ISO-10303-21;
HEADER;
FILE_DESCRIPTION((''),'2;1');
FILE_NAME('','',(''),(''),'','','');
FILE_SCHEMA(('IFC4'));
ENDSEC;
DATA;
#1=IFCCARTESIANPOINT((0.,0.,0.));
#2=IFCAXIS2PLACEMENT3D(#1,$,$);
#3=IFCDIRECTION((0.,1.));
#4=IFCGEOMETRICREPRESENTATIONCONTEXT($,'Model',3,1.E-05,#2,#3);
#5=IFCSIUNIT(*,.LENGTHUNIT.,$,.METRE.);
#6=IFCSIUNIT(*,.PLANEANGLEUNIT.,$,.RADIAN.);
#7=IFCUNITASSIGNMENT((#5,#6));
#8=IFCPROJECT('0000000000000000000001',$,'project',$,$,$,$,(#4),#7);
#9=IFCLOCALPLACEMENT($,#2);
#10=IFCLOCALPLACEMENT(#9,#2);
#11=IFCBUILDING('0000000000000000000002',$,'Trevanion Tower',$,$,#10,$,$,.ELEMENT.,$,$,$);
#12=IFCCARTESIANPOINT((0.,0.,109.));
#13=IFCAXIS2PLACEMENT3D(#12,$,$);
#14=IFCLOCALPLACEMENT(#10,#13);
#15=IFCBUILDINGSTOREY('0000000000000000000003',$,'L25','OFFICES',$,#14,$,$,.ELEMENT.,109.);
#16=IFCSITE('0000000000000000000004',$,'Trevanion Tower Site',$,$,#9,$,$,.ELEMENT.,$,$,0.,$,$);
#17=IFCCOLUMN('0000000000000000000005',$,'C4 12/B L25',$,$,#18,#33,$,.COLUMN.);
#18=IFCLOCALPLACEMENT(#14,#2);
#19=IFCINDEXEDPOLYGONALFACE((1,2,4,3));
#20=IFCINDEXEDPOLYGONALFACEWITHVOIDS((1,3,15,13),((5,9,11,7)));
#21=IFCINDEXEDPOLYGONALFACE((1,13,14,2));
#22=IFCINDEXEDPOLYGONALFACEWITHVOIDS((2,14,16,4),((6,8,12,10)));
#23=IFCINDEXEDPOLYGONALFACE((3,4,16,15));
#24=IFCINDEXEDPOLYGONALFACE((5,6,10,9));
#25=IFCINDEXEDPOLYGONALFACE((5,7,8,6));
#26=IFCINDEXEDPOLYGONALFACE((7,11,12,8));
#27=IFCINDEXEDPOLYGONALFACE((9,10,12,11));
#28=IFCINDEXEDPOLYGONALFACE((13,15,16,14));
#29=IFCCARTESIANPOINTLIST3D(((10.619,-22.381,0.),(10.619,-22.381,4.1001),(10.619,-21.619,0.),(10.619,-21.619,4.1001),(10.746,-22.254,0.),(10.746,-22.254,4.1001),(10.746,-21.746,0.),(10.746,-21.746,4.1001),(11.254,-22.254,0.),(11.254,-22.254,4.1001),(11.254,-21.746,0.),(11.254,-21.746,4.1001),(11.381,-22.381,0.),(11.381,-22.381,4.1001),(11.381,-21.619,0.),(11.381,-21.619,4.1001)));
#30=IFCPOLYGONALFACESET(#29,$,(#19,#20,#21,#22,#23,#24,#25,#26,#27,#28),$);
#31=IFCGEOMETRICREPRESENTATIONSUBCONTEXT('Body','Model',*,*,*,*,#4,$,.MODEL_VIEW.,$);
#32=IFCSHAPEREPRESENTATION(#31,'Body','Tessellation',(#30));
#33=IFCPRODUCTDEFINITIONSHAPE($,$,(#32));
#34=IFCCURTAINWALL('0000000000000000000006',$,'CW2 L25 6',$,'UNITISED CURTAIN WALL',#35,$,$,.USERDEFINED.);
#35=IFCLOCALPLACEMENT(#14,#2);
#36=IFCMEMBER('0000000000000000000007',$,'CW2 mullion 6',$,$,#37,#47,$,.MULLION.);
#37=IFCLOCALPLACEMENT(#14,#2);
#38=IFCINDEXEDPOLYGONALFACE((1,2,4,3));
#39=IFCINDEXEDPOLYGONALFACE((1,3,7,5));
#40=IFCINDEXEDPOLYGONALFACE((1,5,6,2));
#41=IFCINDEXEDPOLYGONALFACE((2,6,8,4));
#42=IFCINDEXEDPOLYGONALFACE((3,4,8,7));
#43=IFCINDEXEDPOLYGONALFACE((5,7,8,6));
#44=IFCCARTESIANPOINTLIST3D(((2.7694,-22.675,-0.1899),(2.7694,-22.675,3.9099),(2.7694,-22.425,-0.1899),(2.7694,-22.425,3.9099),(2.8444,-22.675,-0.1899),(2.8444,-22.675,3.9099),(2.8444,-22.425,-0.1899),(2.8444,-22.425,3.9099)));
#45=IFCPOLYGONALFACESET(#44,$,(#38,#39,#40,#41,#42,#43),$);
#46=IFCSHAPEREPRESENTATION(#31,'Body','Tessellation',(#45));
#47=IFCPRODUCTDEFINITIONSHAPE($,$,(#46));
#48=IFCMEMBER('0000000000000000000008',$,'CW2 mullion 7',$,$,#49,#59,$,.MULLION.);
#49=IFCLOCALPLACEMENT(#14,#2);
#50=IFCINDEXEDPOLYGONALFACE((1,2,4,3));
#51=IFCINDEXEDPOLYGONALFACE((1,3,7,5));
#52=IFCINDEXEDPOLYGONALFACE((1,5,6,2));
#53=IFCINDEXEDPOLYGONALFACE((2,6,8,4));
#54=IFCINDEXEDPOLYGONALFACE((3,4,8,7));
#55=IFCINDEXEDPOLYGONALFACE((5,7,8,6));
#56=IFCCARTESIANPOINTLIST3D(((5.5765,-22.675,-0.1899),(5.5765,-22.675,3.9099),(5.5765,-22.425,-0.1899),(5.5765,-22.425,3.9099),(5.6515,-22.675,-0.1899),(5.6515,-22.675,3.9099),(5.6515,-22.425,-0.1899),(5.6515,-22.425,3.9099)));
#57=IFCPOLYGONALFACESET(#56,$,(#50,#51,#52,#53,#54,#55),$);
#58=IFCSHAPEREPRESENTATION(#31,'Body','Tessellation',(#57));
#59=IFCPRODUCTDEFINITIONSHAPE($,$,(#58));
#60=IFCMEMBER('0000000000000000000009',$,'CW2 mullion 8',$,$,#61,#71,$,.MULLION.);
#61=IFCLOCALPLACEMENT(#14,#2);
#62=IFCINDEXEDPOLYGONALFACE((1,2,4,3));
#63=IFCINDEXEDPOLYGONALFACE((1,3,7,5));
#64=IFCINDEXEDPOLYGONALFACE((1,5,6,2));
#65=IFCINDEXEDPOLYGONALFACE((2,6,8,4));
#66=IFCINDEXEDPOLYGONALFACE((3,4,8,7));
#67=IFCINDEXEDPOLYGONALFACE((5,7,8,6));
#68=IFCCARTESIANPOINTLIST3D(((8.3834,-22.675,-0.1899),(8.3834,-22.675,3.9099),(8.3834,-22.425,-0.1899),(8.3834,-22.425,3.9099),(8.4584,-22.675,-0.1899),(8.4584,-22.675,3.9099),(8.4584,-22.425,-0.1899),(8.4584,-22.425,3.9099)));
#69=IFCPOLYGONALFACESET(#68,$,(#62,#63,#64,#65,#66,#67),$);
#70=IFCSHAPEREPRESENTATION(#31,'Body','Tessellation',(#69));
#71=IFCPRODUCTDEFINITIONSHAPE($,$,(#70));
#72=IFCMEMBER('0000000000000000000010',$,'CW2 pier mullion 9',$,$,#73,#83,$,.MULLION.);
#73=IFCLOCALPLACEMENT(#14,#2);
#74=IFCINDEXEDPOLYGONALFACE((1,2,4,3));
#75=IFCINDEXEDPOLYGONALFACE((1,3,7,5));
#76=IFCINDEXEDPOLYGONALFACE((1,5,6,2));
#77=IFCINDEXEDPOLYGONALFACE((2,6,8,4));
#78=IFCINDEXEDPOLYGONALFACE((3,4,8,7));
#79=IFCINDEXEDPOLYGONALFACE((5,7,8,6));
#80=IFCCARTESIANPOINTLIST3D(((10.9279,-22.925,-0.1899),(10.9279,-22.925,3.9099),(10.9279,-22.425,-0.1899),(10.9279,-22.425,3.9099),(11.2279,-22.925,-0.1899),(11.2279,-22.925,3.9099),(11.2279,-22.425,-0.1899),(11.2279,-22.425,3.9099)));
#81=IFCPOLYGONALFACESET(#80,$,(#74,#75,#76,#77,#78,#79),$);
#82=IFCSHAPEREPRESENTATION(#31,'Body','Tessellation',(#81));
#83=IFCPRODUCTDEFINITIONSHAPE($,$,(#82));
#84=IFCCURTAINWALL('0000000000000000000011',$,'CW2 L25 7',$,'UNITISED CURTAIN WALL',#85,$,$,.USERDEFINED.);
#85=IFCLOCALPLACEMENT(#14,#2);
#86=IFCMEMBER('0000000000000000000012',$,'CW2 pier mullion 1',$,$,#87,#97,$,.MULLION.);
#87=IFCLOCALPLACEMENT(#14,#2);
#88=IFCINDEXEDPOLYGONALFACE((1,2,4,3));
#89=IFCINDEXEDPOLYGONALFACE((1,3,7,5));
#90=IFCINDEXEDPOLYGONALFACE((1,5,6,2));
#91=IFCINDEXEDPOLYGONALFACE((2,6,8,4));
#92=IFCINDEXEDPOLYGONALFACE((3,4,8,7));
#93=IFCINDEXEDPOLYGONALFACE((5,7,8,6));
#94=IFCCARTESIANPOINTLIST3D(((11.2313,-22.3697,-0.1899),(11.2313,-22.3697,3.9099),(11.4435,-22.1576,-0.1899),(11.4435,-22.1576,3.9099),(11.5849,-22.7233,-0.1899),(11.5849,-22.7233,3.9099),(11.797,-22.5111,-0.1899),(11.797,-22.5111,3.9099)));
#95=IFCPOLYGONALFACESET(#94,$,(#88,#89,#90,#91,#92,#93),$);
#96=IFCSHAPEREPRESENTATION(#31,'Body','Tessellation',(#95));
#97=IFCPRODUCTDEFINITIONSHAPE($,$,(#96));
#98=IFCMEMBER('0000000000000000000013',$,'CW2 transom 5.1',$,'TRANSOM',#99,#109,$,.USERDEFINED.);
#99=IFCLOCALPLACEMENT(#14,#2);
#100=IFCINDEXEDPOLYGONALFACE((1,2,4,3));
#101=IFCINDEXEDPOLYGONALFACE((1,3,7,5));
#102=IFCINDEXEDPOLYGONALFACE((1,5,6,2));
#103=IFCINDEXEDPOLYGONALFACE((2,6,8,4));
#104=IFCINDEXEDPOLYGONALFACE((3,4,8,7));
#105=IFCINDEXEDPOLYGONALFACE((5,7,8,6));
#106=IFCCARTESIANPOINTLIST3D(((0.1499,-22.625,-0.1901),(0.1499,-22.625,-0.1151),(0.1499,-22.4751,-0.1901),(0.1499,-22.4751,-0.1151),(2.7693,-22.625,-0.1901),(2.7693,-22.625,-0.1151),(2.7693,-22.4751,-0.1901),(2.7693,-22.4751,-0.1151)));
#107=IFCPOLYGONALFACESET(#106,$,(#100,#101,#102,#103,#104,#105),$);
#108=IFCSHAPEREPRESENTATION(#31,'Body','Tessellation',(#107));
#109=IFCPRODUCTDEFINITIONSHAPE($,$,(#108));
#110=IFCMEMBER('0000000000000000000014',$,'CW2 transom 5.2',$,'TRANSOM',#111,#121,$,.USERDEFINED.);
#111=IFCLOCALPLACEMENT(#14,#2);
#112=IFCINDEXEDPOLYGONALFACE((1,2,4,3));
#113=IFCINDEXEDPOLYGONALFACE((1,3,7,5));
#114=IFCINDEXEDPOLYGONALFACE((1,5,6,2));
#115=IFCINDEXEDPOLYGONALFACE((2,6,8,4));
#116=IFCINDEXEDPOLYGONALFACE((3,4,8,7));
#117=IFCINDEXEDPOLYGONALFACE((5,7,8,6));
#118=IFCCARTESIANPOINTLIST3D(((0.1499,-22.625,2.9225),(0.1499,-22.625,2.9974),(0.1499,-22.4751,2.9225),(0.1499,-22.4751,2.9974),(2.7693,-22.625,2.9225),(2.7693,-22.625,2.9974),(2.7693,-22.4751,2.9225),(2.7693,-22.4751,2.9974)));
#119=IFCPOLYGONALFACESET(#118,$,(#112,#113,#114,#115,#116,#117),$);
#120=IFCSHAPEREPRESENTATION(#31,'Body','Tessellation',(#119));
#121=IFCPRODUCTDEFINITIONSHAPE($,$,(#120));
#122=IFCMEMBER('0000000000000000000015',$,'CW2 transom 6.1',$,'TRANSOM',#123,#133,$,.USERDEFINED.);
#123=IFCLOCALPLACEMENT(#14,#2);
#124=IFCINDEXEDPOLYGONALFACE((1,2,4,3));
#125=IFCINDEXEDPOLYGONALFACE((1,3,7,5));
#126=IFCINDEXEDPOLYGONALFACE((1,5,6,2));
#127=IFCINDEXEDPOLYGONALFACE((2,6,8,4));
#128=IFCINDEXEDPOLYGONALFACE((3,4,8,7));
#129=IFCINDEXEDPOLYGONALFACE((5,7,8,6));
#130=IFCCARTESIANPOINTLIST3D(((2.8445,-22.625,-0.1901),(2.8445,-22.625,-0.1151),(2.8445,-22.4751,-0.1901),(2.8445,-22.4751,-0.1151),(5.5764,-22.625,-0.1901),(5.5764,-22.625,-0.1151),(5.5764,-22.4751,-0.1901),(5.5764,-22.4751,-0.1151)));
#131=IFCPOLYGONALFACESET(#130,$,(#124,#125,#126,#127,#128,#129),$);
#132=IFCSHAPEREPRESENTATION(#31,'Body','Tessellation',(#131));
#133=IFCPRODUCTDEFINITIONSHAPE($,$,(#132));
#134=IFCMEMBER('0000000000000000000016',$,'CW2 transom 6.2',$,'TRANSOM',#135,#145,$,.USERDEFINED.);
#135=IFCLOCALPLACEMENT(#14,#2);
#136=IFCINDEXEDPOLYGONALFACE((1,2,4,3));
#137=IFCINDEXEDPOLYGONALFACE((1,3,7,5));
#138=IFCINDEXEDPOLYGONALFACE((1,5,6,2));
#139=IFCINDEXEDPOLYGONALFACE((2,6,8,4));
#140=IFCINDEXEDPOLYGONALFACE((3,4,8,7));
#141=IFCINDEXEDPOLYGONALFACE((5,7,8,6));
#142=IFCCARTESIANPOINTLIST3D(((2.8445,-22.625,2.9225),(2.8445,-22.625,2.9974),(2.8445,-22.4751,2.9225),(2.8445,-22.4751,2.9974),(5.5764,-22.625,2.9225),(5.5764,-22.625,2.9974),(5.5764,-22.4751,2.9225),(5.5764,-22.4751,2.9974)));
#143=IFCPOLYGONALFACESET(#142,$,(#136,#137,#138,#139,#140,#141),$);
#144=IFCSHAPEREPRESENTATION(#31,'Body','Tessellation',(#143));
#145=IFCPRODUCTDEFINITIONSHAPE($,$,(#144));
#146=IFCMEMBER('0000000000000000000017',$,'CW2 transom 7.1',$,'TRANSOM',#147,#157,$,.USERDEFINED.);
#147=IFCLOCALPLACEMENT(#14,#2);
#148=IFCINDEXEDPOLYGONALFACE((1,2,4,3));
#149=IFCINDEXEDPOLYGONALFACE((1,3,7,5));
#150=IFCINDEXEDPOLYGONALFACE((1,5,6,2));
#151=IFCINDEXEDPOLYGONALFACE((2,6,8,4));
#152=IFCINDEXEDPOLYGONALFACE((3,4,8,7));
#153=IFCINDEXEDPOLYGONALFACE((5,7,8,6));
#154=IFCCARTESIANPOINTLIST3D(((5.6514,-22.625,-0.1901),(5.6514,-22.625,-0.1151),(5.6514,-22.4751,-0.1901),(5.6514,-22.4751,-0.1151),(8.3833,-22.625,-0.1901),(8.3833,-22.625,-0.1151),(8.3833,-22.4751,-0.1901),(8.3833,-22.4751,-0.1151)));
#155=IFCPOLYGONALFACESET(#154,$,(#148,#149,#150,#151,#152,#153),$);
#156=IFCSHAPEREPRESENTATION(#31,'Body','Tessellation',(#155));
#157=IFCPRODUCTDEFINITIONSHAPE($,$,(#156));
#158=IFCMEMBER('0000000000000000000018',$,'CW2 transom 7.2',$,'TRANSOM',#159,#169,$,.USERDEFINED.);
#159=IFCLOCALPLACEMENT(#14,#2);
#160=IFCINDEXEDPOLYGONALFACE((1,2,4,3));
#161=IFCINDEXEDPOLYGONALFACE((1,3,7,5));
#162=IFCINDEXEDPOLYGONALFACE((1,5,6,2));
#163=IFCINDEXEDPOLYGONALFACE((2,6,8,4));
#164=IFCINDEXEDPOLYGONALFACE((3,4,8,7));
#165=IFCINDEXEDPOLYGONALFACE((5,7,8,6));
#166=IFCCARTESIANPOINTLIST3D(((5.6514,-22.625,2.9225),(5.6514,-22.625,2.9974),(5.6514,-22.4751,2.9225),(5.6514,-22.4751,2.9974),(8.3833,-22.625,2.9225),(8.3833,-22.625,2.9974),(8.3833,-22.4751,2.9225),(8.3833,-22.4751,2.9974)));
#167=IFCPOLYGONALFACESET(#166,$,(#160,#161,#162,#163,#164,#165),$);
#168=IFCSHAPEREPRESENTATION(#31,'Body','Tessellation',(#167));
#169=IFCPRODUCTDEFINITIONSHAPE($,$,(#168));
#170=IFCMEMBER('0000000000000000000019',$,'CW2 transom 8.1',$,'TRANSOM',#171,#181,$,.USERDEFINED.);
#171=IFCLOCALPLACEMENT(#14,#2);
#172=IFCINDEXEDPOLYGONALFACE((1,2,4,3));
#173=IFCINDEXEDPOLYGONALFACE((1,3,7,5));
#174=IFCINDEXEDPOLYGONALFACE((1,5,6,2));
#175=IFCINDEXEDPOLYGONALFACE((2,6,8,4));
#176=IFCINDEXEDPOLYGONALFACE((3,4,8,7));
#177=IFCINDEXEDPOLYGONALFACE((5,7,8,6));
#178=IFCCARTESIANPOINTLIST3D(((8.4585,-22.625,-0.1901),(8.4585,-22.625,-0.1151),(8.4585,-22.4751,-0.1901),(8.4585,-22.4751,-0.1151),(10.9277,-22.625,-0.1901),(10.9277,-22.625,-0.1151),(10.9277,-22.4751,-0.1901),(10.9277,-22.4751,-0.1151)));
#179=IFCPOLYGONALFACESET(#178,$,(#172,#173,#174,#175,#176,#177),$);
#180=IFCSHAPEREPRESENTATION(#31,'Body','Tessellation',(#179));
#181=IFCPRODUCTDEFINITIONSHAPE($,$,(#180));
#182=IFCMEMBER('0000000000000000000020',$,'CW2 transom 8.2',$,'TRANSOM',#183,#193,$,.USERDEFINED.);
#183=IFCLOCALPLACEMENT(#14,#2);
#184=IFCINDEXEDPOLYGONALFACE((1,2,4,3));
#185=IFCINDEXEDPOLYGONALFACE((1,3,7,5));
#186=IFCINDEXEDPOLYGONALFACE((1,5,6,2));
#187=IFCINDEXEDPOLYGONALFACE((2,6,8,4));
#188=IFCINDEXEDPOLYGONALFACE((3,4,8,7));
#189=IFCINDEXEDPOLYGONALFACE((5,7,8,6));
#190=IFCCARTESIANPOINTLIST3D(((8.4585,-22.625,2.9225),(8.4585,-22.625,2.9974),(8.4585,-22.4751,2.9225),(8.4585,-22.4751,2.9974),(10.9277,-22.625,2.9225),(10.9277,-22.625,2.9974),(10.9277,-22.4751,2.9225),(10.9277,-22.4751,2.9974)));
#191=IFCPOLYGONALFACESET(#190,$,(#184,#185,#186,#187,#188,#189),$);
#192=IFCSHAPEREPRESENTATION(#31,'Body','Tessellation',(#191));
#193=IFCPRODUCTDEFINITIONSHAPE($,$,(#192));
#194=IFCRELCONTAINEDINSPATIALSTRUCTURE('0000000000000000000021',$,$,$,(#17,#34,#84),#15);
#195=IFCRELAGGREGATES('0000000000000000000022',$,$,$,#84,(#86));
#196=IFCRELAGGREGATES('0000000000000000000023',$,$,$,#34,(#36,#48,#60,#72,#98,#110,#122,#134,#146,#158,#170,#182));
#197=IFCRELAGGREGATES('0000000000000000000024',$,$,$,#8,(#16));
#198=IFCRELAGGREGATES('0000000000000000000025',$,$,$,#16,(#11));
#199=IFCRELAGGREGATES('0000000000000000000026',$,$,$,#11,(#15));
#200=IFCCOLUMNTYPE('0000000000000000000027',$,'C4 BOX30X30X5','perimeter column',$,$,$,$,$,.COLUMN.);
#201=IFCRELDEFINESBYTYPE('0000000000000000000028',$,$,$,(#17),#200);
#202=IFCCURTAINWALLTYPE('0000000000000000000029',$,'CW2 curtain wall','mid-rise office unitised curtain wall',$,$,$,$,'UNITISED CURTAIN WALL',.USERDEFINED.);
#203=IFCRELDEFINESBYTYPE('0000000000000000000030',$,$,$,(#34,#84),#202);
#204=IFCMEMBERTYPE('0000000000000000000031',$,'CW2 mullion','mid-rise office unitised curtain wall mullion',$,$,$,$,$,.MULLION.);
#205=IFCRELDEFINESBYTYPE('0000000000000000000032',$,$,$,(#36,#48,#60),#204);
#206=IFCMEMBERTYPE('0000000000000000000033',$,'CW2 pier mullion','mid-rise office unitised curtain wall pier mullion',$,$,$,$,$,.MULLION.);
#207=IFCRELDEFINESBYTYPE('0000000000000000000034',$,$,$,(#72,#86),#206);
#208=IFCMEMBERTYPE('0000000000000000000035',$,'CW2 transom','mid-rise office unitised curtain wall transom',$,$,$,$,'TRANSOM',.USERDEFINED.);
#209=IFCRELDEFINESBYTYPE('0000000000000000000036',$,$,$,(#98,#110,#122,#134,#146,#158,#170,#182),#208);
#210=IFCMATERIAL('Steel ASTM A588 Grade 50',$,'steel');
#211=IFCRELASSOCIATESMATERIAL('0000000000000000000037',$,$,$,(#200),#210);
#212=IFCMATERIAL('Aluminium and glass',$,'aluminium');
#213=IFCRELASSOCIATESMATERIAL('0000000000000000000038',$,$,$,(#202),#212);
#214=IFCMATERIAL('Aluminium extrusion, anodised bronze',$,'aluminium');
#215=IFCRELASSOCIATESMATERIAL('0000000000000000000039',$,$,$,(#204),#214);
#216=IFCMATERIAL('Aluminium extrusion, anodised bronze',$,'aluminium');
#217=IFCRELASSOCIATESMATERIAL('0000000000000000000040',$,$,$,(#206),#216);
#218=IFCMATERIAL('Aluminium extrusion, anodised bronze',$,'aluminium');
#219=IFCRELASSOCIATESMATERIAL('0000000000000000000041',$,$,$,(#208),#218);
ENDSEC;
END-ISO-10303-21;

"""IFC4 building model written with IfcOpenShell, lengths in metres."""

from ifc_helpers import new_model, si_unit, direction, frame, origin, origin_2d, place, context, subcontext, project, spatial, rectangle, hollow_rectangle, extrude, material, material_profile, profile_set, type_object, element, aggregate, save


model = new_model("IFC4")

# Units and contexts
model_context = context("Model", 3, precision=1e-05, world=origin(), true_north=direction((0.0, 1.0)))
body_context = subcontext(model_context, "Body", "Model", "MODEL_VIEW")
ifc_project = project(units=[si_unit("LENGTHUNIT", "METRE"), si_unit("PLANEANGLEUNIT", "RADIAN")], contexts=[model_context])

# Site, building, storey
site_placement = place(None, origin())
site = spatial("IfcSite", under=ifc_project, at=site_placement, Name="Trevanion Tower Site", CompositionType="ELEMENT", RefElevation=0.0)
building_placement = place(site_placement, origin())
building = spatial("IfcBuilding", under=site, at=building_placement, Name="Trevanion Tower", CompositionType="ELEMENT")
storey_placement = place(building_placement, frame((0.0, 0.0, 109.0)))
storey = spatial("IfcBuildingStorey", under=building, at=storey_placement, Name="L25", Description="OFFICES", CompositionType="ELEMENT", Elevation=109.0)

# Column
ifc_material_1 = material(Name="Steel ASTM A588 Grade 50", Category="steel")
ifc_material_profile_1 = material_profile(ifc_material_1, hollow_rectangle(XDim=0.762, YDim=0.762, WallThickness=0.127, at=origin_2d()), Name="BOX30X30X5")
ifc_profile_set_1 = profile_set([ifc_material_profile_1], Name="Steel ASTM A588 Grade 50")
column_type = type_object("IfcColumnType", Name="C4 BOX30X30X5", Description="perimeter column", PredefinedType="COLUMN", material=ifc_profile_set_1)
column_placement = place(storey_placement, frame((11.0, -22.0, 0.0), z_axis=(0.0, 0.0, 1.0), x_axis=(1.0, 0.0, 0.0)))
element("IfcColumn", 1, at=column_placement, inside=storey, type_object=column_type, Name="C4 12/B L25", PredefinedType="COLUMN", context=body_context, shape_type="SweptSolid", body=[
    extrude(hollow_rectangle(XDim=0.762, YDim=0.762, WallThickness=0.127, at=origin_2d()), origin(), (0.0, 0.0, 1.0), 4.1001),
])

# Curtain wall, members
ifc_material_2 = material(Name="Aluminium and glass", Category="aluminium")
curtain_wall_type = type_object("IfcCurtainWallType", Name="CW2 curtain wall", Description="mid-rise office unitised curtain wall", ElementType="UNITISED CURTAIN WALL", PredefinedType="USERDEFINED", material=ifc_material_2)
curtain_wall_1_placement = place(storey_placement, origin())
curtain_wall_1 = element("IfcCurtainWall", 2, at=curtain_wall_1_placement, inside=storey, type_object=curtain_wall_type, Name="CW2 L25 6", ObjectType="UNITISED CURTAIN WALL", PredefinedType="USERDEFINED")
ifc_material_3 = material(Name="Aluminium extrusion, anodised bronze", Category="aluminium")
ifc_material_profile_2 = material_profile(ifc_material_3, rectangle(XDim=0.075, YDim=0.25, at=origin_2d()), Name="CW2 mullion")
ifc_profile_set_2 = profile_set([ifc_material_profile_2], Name="Aluminium extrusion, anodised bronze")
member_type_1 = type_object("IfcMemberType", Name="CW2 mullion", Description="mid-rise office unitised curtain wall mullion", PredefinedType="MULLION", material=ifc_profile_set_2)
member_1_placement = place(storey_placement, frame((2.8069, -22.55, -0.1899), z_axis=(0.0, 0.0, 1.0), x_axis=(1.0, 0.0, 0.0)))
member_1 = element("IfcMember", 3, at=member_1_placement, type_object=member_type_1, Name="CW2 mullion 6", PredefinedType="MULLION", context=body_context, shape_type="SweptSolid", body=[
    extrude(rectangle(XDim=0.075, YDim=0.25, at=origin_2d()), origin(), (0.0, 0.0, 1.0), 4.0999),
])
member_2_placement = place(storey_placement, frame((5.614, -22.55, -0.1899), z_axis=(0.0, 0.0, 1.0), x_axis=(1.0, 0.0, 0.0)))
member_2 = element("IfcMember", 4, at=member_2_placement, type_object=member_type_1, Name="CW2 mullion 7", PredefinedType="MULLION", context=body_context, shape_type="SweptSolid", body=[
    extrude(rectangle(XDim=0.075, YDim=0.25, at=origin_2d()), origin(), (0.0, 0.0, 1.0), 4.0999),
])
member_3_placement = place(storey_placement, frame((8.4209, -22.55, -0.1899), z_axis=(0.0, 0.0, 1.0), x_axis=(1.0, 0.0, 0.0)))
member_3 = element("IfcMember", 5, at=member_3_placement, type_object=member_type_1, Name="CW2 mullion 8", PredefinedType="MULLION", context=body_context, shape_type="SweptSolid", body=[
    extrude(rectangle(XDim=0.075, YDim=0.25, at=origin_2d()), origin(), (0.0, 0.0, 1.0), 4.0999),
])
ifc_material_4 = material(Name="Aluminium extrusion, anodised bronze", Category="aluminium")
ifc_material_profile_3 = material_profile(ifc_material_4, rectangle(XDim=0.3, YDim=0.5, at=origin_2d()), Name="CW2 pier mullion")
ifc_profile_set_3 = profile_set([ifc_material_profile_3], Name="Aluminium extrusion, anodised bronze")
member_type_2 = type_object("IfcMemberType", Name="CW2 pier mullion", Description="mid-rise office unitised curtain wall pier mullion", PredefinedType="MULLION", material=ifc_profile_set_3)
member_4_placement = place(storey_placement, frame((11.0779, -22.675, -0.1899), z_axis=(0.0, 0.0, 1.0), x_axis=(1.0, 0.0, 0.0)))
member_4 = element("IfcMember", 6, at=member_4_placement, type_object=member_type_2, Name="CW2 pier mullion 9", PredefinedType="MULLION", context=body_context, shape_type="SweptSolid", body=[
    extrude(rectangle(XDim=0.3, YDim=0.5, at=origin_2d()), origin(), (0.0, 0.0, 1.0), 4.0999),
])

# Curtain wall, member
curtain_wall_2_placement = place(storey_placement, origin())
curtain_wall_2 = element("IfcCurtainWall", 7, at=curtain_wall_2_placement, inside=storey, type_object=curtain_wall_type, Name="CW2 L25 7", ObjectType="UNITISED CURTAIN WALL", PredefinedType="USERDEFINED")
member_5_placement = place(storey_placement, frame((11.5142, -22.4404, -0.1899), z_axis=(0.0, 0.0, 1.0), x_axis=(0.707107, 0.707107, 0.0)))
member_5 = element("IfcMember", 8, at=member_5_placement, type_object=member_type_2, Name="CW2 pier mullion 1", PredefinedType="MULLION", context=body_context, shape_type="SweptSolid", body=[
    extrude(rectangle(XDim=0.3, YDim=0.5, at=origin_2d()), origin(), (0.0, 0.0, 1.0), 4.0999),
])
aggregate(curtain_wall_2, [member_5])

# Members
ifc_material_5 = material(Name="Aluminium extrusion, anodised bronze", Category="aluminium")
ifc_material_profile_4 = material_profile(ifc_material_5, rectangle(XDim=0.1499, YDim=0.075, at=origin_2d()), Name="CW2 transom")
ifc_profile_set_4 = profile_set([ifc_material_profile_4], Name="Aluminium extrusion, anodised bronze")
member_type_3 = type_object("IfcMemberType", Name="CW2 transom", Description="mid-rise office unitised curtain wall transom", ElementType="TRANSOM", PredefinedType="USERDEFINED", material=ifc_profile_set_4)
member_6_placement = place(storey_placement, frame((0.1499, -22.55, -0.1526), z_axis=(1.0, 0.0, 0.0), x_axis=(0.0, 1.0, 0.0)))
member_6 = element("IfcMember", 9, at=member_6_placement, type_object=member_type_3, Name="CW2 transom 5.1", ObjectType="TRANSOM", PredefinedType="USERDEFINED", context=body_context, shape_type="SweptSolid", body=[
    extrude(rectangle(XDim=0.1499, YDim=0.075, at=origin_2d()), origin(), (0.0, 0.0, 1.0), 2.6194),
])
member_7_placement = place(storey_placement, frame((0.1499, -22.55, 2.96), z_axis=(1.0, 0.0, 0.0), x_axis=(0.0, 1.0, 0.0)))
member_7 = element("IfcMember", 10, at=member_7_placement, type_object=member_type_3, Name="CW2 transom 5.2", ObjectType="TRANSOM", PredefinedType="USERDEFINED", context=body_context, shape_type="SweptSolid", body=[
    extrude(rectangle(XDim=0.1499, YDim=0.075, at=origin_2d()), origin(), (0.0, 0.0, 1.0), 2.6194),
])
member_8_placement = place(storey_placement, frame((2.8445, -22.55, -0.1526), z_axis=(1.0, 0.0, 0.0), x_axis=(0.0, 1.0, 0.0)))
member_8 = element("IfcMember", 11, at=member_8_placement, type_object=member_type_3, Name="CW2 transom 6.1", ObjectType="TRANSOM", PredefinedType="USERDEFINED", context=body_context, shape_type="SweptSolid", body=[
    extrude(rectangle(XDim=0.1499, YDim=0.075, at=origin_2d()), origin(), (0.0, 0.0, 1.0), 2.7319),
])
member_9_placement = place(storey_placement, frame((2.8445, -22.55, 2.96), z_axis=(1.0, 0.0, 0.0), x_axis=(0.0, 1.0, 0.0)))
member_9 = element("IfcMember", 12, at=member_9_placement, type_object=member_type_3, Name="CW2 transom 6.2", ObjectType="TRANSOM", PredefinedType="USERDEFINED", context=body_context, shape_type="SweptSolid", body=[
    extrude(rectangle(XDim=0.1499, YDim=0.075, at=origin_2d()), origin(), (0.0, 0.0, 1.0), 2.7319),
])
member_10_placement = place(storey_placement, frame((5.6514, -22.55, -0.1526), z_axis=(1.0, 0.0, 0.0), x_axis=(0.0, 1.0, 0.0)))
member_10 = element("IfcMember", 13, at=member_10_placement, type_object=member_type_3, Name="CW2 transom 7.1", ObjectType="TRANSOM", PredefinedType="USERDEFINED", context=body_context, shape_type="SweptSolid", body=[
    extrude(rectangle(XDim=0.1499, YDim=0.075, at=origin_2d()), origin(), (0.0, 0.0, 1.0), 2.7319),
])
member_11_placement = place(storey_placement, frame((5.6514, -22.55, 2.96), z_axis=(1.0, 0.0, 0.0), x_axis=(0.0, 1.0, 0.0)))
member_11 = element("IfcMember", 14, at=member_11_placement, type_object=member_type_3, Name="CW2 transom 7.2", ObjectType="TRANSOM", PredefinedType="USERDEFINED", context=body_context, shape_type="SweptSolid", body=[
    extrude(rectangle(XDim=0.1499, YDim=0.075, at=origin_2d()), origin(), (0.0, 0.0, 1.0), 2.7319),
])
member_12_placement = place(storey_placement, frame((8.4585, -22.55, -0.1526), z_axis=(1.0, 0.0, 0.0), x_axis=(0.0, 1.0, 0.0)))
member_12 = element("IfcMember", 15, at=member_12_placement, type_object=member_type_3, Name="CW2 transom 8.1", ObjectType="TRANSOM", PredefinedType="USERDEFINED", context=body_context, shape_type="SweptSolid", body=[
    extrude(rectangle(XDim=0.1499, YDim=0.075, at=origin_2d()), origin(), (0.0, 0.0, 1.0), 2.4692),
])
member_13_placement = place(storey_placement, frame((8.4585, -22.55, 2.96), z_axis=(1.0, 0.0, 0.0), x_axis=(0.0, 1.0, 0.0)))
member_13 = element("IfcMember", 16, at=member_13_placement, type_object=member_type_3, Name="CW2 transom 8.2", ObjectType="TRANSOM", PredefinedType="USERDEFINED", context=body_context, shape_type="SweptSolid", body=[
    extrude(rectangle(XDim=0.1499, YDim=0.075, at=origin_2d()), origin(), (0.0, 0.0, 1.0), 2.4692),
])

aggregate(curtain_wall_1, [member_1, member_2, member_3, member_4, member_6, member_7, member_8, member_9, member_10, member_11, member_12, member_13])

save(model, "model.ifc")
